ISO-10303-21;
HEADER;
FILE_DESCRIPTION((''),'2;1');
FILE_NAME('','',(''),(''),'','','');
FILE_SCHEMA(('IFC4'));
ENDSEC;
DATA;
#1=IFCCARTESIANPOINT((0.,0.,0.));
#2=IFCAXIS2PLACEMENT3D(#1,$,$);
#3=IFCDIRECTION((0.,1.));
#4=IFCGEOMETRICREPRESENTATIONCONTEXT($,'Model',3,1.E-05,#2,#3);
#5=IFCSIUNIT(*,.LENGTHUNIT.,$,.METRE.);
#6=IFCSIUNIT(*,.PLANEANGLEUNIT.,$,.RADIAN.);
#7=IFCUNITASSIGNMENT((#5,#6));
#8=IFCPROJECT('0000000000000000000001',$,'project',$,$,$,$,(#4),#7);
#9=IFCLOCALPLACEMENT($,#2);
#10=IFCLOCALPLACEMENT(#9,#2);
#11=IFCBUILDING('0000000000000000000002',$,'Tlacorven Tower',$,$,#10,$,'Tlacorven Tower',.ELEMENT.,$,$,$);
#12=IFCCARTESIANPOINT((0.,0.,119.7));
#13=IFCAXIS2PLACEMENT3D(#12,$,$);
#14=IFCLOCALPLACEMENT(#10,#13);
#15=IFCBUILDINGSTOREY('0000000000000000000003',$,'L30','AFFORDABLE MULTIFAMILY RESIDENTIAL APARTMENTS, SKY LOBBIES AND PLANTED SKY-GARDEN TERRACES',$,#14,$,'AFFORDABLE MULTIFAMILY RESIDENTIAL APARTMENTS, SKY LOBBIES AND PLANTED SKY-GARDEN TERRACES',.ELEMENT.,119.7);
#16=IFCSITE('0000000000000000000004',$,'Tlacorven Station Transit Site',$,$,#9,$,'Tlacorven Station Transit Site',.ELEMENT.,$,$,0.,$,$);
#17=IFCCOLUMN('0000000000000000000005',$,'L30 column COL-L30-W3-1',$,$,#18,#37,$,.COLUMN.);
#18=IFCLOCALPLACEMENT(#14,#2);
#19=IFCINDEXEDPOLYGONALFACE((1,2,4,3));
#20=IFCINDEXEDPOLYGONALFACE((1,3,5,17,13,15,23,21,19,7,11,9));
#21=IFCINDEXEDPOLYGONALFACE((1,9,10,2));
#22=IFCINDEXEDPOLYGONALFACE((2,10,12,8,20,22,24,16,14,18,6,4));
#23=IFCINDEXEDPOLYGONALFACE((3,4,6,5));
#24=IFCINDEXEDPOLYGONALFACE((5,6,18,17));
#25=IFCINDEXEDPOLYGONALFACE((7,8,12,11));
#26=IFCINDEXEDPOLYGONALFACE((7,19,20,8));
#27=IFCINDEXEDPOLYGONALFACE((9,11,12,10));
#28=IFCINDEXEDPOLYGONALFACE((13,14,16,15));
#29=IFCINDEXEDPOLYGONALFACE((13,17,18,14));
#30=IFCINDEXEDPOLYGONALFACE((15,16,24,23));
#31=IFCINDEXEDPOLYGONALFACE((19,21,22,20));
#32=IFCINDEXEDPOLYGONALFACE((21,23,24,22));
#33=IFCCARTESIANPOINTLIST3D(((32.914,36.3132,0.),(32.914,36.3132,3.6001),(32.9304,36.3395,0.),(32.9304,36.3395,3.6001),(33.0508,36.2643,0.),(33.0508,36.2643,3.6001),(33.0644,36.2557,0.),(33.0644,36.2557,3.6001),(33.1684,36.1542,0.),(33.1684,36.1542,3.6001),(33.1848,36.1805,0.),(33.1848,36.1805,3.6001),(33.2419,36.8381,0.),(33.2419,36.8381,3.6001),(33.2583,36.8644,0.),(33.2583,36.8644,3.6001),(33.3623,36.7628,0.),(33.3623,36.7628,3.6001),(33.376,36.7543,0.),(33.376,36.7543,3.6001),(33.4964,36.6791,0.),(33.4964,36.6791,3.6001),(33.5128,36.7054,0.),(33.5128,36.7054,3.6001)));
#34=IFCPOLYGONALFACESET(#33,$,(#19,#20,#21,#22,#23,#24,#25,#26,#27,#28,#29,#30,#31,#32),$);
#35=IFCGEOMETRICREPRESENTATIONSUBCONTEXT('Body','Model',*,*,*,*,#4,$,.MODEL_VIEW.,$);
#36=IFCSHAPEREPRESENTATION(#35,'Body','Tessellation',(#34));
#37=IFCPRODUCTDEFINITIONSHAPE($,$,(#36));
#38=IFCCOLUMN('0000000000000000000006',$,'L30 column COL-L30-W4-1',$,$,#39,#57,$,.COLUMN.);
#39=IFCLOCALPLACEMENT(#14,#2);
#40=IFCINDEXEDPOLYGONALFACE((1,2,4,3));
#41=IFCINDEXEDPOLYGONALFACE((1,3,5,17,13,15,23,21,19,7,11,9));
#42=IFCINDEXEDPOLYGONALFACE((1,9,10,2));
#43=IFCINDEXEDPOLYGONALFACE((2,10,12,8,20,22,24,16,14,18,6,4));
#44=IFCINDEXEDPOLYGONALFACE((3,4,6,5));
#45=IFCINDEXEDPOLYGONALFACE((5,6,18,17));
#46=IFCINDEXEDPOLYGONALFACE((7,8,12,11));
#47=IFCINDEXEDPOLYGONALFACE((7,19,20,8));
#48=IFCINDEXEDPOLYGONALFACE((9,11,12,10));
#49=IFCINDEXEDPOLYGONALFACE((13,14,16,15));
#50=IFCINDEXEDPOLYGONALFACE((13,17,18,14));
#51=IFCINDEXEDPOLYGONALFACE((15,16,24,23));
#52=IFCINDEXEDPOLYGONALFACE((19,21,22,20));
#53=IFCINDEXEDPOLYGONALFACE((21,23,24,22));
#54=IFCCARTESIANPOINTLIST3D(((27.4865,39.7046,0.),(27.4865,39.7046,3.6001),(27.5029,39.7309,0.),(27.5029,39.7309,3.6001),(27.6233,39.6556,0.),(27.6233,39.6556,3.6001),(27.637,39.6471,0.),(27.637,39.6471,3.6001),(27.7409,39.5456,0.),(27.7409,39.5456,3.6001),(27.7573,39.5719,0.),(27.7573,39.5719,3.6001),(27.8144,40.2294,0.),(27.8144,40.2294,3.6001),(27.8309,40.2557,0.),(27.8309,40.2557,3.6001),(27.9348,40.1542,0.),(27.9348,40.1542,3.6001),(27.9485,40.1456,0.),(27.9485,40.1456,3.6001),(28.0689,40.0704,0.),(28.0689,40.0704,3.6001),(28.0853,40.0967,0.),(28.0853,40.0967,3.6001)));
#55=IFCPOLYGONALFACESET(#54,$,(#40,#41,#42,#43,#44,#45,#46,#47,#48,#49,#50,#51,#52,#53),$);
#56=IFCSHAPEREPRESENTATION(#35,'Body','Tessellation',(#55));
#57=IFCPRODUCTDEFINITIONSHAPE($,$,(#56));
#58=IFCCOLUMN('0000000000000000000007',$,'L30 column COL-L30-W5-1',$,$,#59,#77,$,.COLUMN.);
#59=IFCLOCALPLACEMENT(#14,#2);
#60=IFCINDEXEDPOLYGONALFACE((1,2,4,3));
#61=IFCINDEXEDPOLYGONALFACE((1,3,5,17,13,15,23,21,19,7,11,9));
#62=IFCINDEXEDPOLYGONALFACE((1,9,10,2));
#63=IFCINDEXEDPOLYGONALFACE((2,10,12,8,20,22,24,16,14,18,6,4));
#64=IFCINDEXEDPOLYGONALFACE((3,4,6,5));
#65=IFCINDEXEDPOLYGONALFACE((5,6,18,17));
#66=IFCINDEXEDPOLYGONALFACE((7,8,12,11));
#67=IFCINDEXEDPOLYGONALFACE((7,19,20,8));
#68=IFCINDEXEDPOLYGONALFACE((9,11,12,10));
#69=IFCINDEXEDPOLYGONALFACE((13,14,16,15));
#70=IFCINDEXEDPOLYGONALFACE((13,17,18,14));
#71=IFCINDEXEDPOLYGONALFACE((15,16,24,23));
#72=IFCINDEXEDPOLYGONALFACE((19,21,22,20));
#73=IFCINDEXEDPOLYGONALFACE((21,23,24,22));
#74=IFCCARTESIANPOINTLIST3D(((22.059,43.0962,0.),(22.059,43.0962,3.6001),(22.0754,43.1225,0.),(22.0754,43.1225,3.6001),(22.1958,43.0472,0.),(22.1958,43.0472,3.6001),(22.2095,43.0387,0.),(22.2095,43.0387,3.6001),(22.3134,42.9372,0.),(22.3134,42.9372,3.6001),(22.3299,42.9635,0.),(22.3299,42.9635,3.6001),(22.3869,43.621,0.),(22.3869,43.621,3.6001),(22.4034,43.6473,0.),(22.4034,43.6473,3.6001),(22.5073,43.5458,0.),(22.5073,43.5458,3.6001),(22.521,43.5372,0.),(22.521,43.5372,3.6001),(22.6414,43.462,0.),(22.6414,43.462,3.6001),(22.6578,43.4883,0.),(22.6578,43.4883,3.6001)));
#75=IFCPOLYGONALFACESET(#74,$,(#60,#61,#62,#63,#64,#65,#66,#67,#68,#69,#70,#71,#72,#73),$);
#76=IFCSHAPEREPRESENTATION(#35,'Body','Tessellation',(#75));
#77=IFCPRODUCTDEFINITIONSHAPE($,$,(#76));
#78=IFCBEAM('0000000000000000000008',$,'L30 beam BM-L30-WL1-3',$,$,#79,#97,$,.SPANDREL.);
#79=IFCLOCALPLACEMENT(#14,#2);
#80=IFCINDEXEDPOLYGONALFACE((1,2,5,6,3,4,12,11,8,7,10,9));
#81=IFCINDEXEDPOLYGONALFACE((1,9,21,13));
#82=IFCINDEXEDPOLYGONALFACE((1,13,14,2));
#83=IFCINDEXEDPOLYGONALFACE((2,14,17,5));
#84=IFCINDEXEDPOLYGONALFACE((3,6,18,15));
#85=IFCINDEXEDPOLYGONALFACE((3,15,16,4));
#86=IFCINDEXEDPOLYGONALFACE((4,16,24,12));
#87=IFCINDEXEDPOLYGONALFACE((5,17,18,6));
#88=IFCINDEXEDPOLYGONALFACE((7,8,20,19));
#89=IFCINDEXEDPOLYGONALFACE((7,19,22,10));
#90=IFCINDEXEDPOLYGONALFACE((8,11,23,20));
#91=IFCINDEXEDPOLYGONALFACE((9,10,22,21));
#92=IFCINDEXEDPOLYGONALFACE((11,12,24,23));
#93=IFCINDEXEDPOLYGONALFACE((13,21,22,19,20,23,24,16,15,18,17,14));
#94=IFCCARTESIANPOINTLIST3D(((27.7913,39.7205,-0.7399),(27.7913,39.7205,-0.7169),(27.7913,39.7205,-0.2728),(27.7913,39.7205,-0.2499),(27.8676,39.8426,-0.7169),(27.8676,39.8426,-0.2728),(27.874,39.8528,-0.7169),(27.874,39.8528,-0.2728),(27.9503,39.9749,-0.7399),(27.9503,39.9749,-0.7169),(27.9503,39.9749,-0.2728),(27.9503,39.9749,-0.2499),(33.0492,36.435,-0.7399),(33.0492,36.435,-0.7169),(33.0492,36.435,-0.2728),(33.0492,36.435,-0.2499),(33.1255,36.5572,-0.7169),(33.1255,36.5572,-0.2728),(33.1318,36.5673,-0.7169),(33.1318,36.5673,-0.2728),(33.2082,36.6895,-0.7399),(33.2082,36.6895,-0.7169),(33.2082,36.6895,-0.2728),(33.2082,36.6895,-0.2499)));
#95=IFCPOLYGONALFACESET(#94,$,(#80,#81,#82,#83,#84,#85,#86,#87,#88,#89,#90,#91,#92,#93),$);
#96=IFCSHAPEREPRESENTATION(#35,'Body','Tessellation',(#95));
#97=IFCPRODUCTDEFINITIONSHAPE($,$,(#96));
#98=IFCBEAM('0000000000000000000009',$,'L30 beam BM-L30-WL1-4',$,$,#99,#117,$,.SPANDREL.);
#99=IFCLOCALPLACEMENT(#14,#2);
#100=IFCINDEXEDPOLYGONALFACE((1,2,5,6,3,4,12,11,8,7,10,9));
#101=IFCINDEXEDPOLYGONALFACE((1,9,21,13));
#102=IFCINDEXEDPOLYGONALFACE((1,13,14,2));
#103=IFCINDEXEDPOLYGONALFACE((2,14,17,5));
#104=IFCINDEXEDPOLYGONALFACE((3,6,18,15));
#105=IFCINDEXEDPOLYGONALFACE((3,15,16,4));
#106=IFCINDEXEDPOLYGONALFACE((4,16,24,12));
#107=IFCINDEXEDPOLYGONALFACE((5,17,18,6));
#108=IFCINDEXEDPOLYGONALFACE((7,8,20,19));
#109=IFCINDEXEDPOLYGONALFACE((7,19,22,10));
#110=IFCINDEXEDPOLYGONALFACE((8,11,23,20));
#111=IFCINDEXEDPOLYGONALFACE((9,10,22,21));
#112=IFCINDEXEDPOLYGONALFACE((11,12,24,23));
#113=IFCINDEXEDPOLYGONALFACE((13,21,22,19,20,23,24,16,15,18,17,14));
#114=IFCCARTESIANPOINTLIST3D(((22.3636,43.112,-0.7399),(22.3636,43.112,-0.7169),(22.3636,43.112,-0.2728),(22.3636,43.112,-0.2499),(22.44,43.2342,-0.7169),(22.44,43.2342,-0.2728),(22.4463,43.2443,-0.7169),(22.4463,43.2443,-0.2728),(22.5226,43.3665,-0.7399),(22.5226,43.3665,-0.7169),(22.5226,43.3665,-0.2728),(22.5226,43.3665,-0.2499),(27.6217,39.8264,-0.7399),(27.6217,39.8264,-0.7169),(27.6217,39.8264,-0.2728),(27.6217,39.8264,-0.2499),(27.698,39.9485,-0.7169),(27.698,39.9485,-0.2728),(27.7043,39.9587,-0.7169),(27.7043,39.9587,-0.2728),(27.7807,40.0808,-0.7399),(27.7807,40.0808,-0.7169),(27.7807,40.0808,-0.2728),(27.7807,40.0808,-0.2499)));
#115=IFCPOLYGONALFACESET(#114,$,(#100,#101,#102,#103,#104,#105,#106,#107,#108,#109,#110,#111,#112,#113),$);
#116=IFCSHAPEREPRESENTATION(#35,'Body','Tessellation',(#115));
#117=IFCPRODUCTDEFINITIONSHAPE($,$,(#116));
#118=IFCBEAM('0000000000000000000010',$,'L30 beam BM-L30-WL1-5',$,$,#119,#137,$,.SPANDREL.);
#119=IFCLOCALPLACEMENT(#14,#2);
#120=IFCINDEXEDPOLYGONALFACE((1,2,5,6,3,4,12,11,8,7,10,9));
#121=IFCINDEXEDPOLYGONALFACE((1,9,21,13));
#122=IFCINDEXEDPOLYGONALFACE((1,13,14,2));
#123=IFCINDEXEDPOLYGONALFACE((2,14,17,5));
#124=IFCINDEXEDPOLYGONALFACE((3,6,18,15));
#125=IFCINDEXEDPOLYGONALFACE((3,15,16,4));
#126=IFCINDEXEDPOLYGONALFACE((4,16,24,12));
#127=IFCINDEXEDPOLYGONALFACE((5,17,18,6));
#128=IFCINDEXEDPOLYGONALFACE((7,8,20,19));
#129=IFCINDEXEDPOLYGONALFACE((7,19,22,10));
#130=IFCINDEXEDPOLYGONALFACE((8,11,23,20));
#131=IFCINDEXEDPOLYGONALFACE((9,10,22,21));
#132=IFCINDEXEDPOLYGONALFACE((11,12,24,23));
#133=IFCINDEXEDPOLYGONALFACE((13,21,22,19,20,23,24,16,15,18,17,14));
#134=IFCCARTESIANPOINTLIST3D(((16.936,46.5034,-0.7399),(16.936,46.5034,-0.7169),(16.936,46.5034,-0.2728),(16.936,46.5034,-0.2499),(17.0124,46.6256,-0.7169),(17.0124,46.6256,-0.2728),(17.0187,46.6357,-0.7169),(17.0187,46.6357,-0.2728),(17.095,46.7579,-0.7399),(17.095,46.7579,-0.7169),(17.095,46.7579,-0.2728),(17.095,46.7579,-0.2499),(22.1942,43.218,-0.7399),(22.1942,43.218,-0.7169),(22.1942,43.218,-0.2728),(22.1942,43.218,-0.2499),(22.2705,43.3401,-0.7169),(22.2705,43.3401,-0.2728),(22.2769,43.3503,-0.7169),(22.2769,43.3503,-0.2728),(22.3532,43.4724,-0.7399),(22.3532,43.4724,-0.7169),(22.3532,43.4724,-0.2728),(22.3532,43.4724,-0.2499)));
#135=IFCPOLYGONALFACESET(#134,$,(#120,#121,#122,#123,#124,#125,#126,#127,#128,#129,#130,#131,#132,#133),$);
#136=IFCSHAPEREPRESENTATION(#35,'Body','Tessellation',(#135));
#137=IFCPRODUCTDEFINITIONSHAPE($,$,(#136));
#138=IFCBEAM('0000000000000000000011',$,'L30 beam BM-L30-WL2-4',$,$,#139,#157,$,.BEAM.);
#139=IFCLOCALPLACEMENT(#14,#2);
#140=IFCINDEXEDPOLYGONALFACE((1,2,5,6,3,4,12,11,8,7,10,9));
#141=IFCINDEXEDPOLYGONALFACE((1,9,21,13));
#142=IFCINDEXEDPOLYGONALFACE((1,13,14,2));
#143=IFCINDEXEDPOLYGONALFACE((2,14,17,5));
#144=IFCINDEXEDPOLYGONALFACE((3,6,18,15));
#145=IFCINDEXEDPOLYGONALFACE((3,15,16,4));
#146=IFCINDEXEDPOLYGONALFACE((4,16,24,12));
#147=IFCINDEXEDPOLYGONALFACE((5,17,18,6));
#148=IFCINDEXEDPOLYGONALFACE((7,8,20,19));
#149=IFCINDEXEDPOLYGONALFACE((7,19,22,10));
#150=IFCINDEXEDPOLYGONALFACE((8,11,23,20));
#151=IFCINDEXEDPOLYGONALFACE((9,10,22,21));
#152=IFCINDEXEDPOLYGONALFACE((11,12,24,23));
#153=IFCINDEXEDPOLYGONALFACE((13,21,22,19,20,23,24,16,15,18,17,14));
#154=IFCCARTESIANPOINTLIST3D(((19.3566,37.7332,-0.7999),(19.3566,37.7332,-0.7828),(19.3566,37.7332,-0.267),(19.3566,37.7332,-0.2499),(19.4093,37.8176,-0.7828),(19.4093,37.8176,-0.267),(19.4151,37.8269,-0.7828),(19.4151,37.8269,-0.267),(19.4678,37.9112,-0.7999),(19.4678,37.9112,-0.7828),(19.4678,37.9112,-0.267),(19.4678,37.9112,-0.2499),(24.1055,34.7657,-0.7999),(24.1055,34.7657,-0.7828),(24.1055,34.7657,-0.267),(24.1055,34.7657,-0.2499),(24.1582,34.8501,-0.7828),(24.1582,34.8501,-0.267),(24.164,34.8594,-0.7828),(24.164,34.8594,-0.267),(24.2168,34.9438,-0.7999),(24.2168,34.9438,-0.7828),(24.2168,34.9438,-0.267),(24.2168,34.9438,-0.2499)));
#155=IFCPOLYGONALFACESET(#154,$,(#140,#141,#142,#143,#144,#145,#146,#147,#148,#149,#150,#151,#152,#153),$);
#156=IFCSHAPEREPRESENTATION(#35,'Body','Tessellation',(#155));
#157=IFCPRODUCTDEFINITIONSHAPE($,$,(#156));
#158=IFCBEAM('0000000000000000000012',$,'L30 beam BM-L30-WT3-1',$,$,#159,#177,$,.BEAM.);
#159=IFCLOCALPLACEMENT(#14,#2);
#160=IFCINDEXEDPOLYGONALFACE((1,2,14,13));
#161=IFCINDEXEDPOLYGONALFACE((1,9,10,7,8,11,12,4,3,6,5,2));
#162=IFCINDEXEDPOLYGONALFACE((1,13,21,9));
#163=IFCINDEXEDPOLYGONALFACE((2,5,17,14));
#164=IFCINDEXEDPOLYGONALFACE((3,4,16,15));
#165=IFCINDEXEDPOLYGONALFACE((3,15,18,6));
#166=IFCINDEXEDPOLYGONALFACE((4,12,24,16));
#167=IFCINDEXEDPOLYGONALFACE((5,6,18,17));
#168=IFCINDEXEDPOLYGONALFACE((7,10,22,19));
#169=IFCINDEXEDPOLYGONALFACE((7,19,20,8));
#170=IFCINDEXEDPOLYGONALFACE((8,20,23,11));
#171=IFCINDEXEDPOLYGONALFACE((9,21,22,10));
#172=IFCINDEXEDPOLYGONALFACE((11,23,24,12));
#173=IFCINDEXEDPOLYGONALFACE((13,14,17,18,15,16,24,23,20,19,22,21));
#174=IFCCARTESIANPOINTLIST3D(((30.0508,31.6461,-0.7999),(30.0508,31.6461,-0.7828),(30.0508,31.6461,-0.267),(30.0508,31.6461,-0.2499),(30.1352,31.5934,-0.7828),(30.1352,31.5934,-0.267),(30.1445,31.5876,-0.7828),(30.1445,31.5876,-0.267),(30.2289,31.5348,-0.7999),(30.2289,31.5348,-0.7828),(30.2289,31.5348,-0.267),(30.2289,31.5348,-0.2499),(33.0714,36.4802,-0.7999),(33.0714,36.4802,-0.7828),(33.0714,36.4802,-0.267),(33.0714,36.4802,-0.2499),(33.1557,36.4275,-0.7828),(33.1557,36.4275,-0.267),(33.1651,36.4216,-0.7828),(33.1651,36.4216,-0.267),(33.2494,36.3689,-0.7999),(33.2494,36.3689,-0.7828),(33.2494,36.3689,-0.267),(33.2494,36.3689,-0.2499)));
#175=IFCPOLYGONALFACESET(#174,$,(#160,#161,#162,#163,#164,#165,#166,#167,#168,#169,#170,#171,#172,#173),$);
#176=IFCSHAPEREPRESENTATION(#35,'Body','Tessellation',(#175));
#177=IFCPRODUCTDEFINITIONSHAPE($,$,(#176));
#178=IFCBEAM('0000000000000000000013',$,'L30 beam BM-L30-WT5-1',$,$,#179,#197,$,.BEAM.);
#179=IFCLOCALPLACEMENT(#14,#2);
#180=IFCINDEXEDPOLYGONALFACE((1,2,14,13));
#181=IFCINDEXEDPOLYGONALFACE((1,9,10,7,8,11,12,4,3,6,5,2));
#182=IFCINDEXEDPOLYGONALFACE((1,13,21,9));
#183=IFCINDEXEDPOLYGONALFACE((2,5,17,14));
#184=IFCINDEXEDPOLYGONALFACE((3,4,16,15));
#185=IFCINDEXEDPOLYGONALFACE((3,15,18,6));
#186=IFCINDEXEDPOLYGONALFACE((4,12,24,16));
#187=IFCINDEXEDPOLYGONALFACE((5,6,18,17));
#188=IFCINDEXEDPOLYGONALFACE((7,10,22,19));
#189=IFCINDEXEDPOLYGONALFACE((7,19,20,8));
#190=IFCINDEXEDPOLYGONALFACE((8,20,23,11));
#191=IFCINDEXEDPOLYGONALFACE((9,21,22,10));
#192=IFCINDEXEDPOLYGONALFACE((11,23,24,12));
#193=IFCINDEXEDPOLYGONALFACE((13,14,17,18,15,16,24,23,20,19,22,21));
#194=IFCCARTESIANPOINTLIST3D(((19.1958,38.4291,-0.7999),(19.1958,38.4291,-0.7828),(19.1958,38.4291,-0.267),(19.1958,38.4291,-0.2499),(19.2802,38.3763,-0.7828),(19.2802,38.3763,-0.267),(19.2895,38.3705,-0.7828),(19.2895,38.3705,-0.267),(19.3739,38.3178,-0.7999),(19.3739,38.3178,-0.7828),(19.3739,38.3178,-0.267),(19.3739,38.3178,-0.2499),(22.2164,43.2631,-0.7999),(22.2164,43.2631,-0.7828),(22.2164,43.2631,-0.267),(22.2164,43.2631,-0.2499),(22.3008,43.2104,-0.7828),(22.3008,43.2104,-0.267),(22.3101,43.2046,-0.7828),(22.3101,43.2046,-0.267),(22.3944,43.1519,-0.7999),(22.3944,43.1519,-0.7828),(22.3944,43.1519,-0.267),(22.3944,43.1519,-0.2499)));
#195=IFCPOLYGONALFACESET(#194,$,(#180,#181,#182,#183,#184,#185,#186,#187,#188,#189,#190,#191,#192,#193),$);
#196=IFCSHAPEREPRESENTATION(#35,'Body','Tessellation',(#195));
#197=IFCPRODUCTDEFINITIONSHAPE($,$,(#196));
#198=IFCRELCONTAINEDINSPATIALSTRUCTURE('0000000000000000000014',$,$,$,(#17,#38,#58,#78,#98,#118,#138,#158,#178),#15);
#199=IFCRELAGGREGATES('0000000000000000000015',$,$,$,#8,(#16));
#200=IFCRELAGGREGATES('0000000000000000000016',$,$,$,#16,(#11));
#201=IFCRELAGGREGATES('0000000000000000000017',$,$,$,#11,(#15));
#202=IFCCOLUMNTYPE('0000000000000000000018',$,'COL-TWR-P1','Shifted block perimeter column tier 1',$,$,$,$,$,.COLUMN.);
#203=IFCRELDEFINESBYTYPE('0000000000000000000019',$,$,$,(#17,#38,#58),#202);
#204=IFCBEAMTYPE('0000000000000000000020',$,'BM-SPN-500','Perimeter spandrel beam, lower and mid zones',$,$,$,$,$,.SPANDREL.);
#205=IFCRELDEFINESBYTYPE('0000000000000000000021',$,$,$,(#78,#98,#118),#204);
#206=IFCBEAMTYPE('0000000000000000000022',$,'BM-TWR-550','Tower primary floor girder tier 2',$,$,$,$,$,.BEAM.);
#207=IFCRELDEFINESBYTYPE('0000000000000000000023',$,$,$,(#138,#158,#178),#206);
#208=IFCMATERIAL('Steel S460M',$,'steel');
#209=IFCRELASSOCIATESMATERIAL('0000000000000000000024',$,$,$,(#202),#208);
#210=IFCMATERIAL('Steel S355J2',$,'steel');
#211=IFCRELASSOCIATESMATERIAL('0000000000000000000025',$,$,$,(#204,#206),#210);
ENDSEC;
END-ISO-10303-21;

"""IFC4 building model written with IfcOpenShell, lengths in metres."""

from ifc_helpers import new_model, si_unit, direction, frame, origin, origin_2d, place, context, subcontext, project, spatial, i_section, extrude, source, transform, mapped, material, material_profile, profile_set, type_object, element, save


model = new_model("IFC4")

# Units and contexts
model_context = context("Model", 3, precision=1e-05, world=origin(), true_north=direction((0.0, 1.0)))
body_context = subcontext(model_context, "Body", "Model", "MODEL_VIEW")
ifc_project = project(units=[si_unit("LENGTHUNIT", "METRE"), si_unit("PLANEANGLEUNIT", "RADIAN")], contexts=[model_context])

# Site, building, storey
site_placement = place(None, origin())
site = spatial("IfcSite", under=ifc_project, at=site_placement, Name="Tlacorven Station Transit Site", LongName="Tlacorven Station Transit Site", CompositionType="ELEMENT", RefElevation=0.0)
building_placement = place(site_placement, origin())
building = spatial("IfcBuilding", under=site, at=building_placement, Name="Tlacorven Tower", LongName="Tlacorven Tower", CompositionType="ELEMENT")
storey_placement = place(building_placement, frame((0.0, 0.0, 119.7)))
storey = spatial("IfcBuildingStorey", under=building, at=storey_placement, Name="L30", Description="AFFORDABLE MULTIFAMILY RESIDENTIAL APARTMENTS, SKY LOBBIES AND PLANTED SKY-GARDEN TERRACES", LongName="AFFORDABLE MULTIFAMILY RESIDENTIAL APARTMENTS, SKY LOBBIES AND PLANTED SKY-GARDEN TERRACES", CompositionType="ELEMENT", Elevation=119.7)

# Columns
ifc_material_1 = material(Name="Steel S460M", Category="steel")
ifc_material_profile_1 = material_profile(ifc_material_1, i_section(OverallWidth=0.3, OverallDepth=0.6499, WebThickness=0.0161, FlangeThickness=0.031, at=origin_2d()), Name="HEB 650")
ifc_profile_set_1 = profile_set([ifc_material_profile_1], Name="Steel S460M")
column_type = type_object("IfcColumnType", Name="COL-TWR-P1", Description="Shifted block perimeter column tier 1", PredefinedType="COLUMN", material=ifc_profile_set_1)
shared_shape_1 = source(origin(), body_context, "Body", "SweptSolid", [
    extrude(i_section(OverallWidth=0.3, OverallDepth=0.6499, WebThickness=0.0161, FlangeThickness=0.031, at=origin_2d()), origin(), (0.0, 0.0, 1.0), 3.6001),
])
for number, where, z_axis, x_axis, name in (
    (1, (33.2134, 36.5093, 0.0), (0.0, 0.0, 1.0), (-0.848048, 0.529919, 0.0), "L30 column COL-L30-W3-1"),
    (2, (27.7859, 39.9006, 0.0), (0.0, 0.0, 1.0), (-0.848048, 0.529919, 0.0), "L30 column COL-L30-W4-1"),
    (3, (22.3584, 43.2922, 0.0), (0.0, 0.0, 1.0), (-0.848048, 0.529919, 0.0), "L30 column COL-L30-W5-1"),
):
    element("IfcColumn", number, at=place(storey_placement, frame(where, z_axis=z_axis, x_axis=x_axis)), inside=storey, type_object=column_type, Name=name, PredefinedType="COLUMN", context=body_context, shape_type="MappedRepresentation", body=[
        mapped(shared_shape_1, transform((0.0, 0.0, 0.0), scale=1.0)),
    ])

# Beams
ifc_material_2 = material(Name="Steel S355J2", Category="steel")
ifc_material_profile_2 = material_profile(ifc_material_2, i_section(OverallWidth=0.3, OverallDepth=0.49, WebThickness=0.012, FlangeThickness=0.0229, at=origin_2d()), Name="HEA 500")
ifc_profile_set_2 = profile_set([ifc_material_profile_2], Name="Steel S355J2")
beam_type_1 = type_object("IfcBeamType", Name="BM-SPN-500", Description="Perimeter spandrel beam, lower and mid zones", PredefinedType="SPANDREL", material=ifc_profile_set_2)
shared_shape_2 = source(origin(), body_context, "Body", "SweptSolid", [
    extrude(i_section(OverallWidth=0.3, OverallDepth=0.49, WebThickness=0.012, FlangeThickness=0.0229, at=origin_2d()), origin(), (0.0, 0.0, 1.0), 6.2),
])
beam_1_placement = place(storey_placement, frame((33.1287, 36.5623, -0.4949), z_axis=(-0.848051, 0.529914, 0.0), x_axis=(-0.529914, -0.848051, 0.0)))
element("IfcBeam", 4, at=beam_1_placement, inside=storey, type_object=beam_type_1, Name="L30 beam BM-L30-WL1-3", PredefinedType="SPANDREL", context=body_context, shape_type="MappedRepresentation", body=[
    mapped(shared_shape_2, transform((0.0, 0.0, 0.0), scale=1.0)),
])
shared_shape_3 = source(origin(), body_context, "Body", "SweptSolid", [
    extrude(i_section(OverallWidth=0.3, OverallDepth=0.49, WebThickness=0.012, FlangeThickness=0.0229, at=origin_2d()), origin(), (0.0, 0.0, 1.0), 6.2002),
])
for number, where, z_axis, x_axis, name in (
    (5, (27.7012, 39.9536, -0.4949), (-0.848045, 0.529925, 0.0), (-0.529925, -0.848045, 0.0), "L30 beam BM-L30-WL1-4"),
    (6, (22.2737, 43.3452, -0.4949), (-0.848062, 0.529896, 0.0), (-0.529896, -0.848062, 0.0), "L30 beam BM-L30-WL1-5"),
):
    element("IfcBeam", number, at=place(storey_placement, frame(where, z_axis=z_axis, x_axis=x_axis)), inside=storey, type_object=beam_type_1, Name=name, PredefinedType="SPANDREL", context=body_context, shape_type="MappedRepresentation", body=[
        mapped(shared_shape_3, transform((0.0, 0.0, 0.0), scale=1.0)),
    ])
ifc_material_profile_3 = material_profile(ifc_material_2, i_section(OverallWidth=0.21, OverallDepth=0.55, WebThickness=0.011, FlangeThickness=0.0171, at=origin_2d()), Name="IPE 550")
ifc_profile_set_3 = profile_set([ifc_material_profile_3], Name="Steel S355J2")
beam_type_2 = type_object("IfcBeamType", Name="BM-TWR-550", Description="Tower primary floor girder tier 2", PredefinedType="BEAM", material=ifc_profile_set_3)
shared_shape_4 = source(origin(), body_context, "Body", "SweptSolid", [
    extrude(i_section(OverallWidth=0.21, OverallDepth=0.55, WebThickness=0.011, FlangeThickness=0.0171, at=origin_2d()), origin(), (0.0, 0.0, 1.0), 5.5999),
])
beam_2_placement = place(storey_placement, frame((24.1611, 34.8547, -0.5249), z_axis=(-0.848047, 0.529921, 0.0), x_axis=(-0.529921, -0.848047, 0.0)))
element("IfcBeam", 7, at=beam_2_placement, inside=storey, type_object=beam_type_2, Name="L30 beam BM-L30-WL2-4", PredefinedType="BEAM", context=body_context, shape_type="MappedRepresentation", body=[
    mapped(shared_shape_4, transform((0.0, 0.0, 0.0), scale=1.0)),
])
shared_shape_5 = source(origin(), body_context, "Body", "SweptSolid", [
    extrude(i_section(OverallWidth=0.21, OverallDepth=0.55, WebThickness=0.011, FlangeThickness=0.0171, at=origin_2d()), origin(), (0.0, 0.0, 1.0), 5.7002),
])
for number, where, z_axis, x_axis, name in (
    (8, (33.1604, 36.4246, -0.5249), (-0.529907, -0.848056, 0.0), (0.848056, -0.529907, 0.0), "L30 beam BM-L30-WT3-1"),
    (9, (22.3054, 43.2075, -0.5249), (-0.529907, -0.848056, 0.0), (0.848056, -0.529907, 0.0), "L30 beam BM-L30-WT5-1"),
):
    element("IfcBeam", number, at=place(storey_placement, frame(where, z_axis=z_axis, x_axis=x_axis)), inside=storey, type_object=beam_type_2, Name=name, PredefinedType="BEAM", context=body_context, shape_type="MappedRepresentation", body=[
        mapped(shared_shape_5, transform((0.0, 0.0, 0.0), scale=1.0)),
    ])

save(model, "model.ifc")
